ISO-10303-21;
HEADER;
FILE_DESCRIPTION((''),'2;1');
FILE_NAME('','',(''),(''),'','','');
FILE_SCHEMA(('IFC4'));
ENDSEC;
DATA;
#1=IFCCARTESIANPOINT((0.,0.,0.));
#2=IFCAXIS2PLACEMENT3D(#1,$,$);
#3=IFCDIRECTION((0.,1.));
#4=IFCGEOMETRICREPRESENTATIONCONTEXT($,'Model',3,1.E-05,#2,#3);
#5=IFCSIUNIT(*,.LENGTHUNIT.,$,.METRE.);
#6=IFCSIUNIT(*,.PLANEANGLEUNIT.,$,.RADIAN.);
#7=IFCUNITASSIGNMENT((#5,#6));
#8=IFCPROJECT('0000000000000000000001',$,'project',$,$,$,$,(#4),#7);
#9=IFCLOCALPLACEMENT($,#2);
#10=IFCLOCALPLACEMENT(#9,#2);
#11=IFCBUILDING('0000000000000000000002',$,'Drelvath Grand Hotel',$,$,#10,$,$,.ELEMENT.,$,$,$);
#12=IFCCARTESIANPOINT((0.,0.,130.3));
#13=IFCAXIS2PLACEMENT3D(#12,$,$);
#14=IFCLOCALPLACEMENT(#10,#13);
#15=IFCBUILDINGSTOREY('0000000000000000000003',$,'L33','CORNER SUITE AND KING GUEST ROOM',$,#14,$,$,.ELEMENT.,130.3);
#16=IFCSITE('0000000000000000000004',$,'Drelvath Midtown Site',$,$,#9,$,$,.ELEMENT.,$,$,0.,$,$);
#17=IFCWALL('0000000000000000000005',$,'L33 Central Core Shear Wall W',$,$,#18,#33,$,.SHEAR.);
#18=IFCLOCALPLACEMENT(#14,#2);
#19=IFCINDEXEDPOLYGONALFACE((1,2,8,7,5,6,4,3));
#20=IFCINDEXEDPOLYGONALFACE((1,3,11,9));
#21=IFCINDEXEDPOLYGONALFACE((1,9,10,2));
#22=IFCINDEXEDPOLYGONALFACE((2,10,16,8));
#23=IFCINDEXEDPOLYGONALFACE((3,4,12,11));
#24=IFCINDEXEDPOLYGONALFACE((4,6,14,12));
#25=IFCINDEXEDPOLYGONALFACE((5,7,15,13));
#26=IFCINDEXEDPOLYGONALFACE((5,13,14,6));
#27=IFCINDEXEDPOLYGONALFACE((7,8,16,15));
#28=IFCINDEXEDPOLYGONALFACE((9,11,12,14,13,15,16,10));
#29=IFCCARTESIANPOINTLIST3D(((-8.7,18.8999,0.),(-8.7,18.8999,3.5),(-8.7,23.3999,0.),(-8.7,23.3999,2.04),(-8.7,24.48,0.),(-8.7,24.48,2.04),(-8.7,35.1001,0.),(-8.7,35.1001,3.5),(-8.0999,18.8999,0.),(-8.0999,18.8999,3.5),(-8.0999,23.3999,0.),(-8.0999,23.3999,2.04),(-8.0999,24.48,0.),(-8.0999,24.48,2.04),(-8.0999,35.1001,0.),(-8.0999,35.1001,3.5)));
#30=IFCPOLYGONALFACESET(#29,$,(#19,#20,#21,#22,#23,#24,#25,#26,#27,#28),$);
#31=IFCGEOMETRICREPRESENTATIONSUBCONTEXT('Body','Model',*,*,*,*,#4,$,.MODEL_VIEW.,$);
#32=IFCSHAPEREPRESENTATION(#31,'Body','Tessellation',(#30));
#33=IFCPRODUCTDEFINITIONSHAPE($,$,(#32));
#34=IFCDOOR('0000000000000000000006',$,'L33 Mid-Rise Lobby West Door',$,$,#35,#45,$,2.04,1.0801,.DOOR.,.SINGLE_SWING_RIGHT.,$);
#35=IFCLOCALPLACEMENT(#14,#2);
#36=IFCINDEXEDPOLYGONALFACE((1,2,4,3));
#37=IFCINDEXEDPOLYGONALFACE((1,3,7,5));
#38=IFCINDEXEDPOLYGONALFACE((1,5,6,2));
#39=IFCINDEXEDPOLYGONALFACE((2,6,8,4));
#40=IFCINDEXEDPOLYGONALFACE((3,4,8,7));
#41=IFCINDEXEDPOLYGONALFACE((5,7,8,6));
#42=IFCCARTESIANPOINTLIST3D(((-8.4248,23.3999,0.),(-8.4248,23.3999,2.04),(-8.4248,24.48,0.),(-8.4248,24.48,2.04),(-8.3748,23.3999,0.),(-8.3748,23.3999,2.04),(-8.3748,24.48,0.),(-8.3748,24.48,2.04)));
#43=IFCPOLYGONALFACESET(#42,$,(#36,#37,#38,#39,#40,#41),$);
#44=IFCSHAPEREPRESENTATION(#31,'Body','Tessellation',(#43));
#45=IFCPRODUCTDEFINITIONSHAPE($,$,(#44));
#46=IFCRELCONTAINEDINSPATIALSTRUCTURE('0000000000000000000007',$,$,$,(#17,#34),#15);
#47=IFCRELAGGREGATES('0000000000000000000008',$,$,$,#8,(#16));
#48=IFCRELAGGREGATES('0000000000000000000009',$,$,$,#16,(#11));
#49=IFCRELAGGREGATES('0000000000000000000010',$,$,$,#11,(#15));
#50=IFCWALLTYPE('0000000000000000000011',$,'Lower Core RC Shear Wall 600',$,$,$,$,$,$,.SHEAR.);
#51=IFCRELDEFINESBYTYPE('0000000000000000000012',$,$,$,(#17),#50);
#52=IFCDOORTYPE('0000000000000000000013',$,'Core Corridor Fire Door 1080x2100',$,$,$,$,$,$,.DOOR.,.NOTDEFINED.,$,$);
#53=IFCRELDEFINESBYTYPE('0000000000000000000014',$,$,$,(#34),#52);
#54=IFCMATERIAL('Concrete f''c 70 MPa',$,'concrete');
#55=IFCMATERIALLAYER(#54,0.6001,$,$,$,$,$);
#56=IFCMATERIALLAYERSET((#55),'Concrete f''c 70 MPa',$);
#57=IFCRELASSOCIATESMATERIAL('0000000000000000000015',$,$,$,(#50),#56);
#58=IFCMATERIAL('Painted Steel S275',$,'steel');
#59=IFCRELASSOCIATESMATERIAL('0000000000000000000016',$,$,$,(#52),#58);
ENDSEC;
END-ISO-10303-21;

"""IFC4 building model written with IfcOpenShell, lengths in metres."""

from ifc_helpers import new_model, si_unit, direction, frame, frame_2d, origin, place, context, subcontext, project, spatial, rectangle, extrude, material, layer, layer_set, type_object, element, fill, save


model = new_model("IFC4")

# Units and contexts
model_context = context("Model", 3, precision=1e-05, world=origin(), true_north=direction((0.0, 1.0)))
body_context = subcontext(model_context, "Body", "Model", "MODEL_VIEW")
ifc_project = project(units=[si_unit("LENGTHUNIT", "METRE"), si_unit("PLANEANGLEUNIT", "RADIAN")], contexts=[model_context])

# Site, building, storey
site_placement = place(None, origin())
site = spatial("IfcSite", under=ifc_project, at=site_placement, Name="Drelvath Midtown Site", CompositionType="ELEMENT", RefElevation=0.0)
building_placement = place(site_placement, origin())
building = spatial("IfcBuilding", under=site, at=building_placement, Name="Drelvath Grand Hotel", CompositionType="ELEMENT")
storey_placement = place(building_placement, frame((0.0, 0.0, 130.3)))
storey = spatial("IfcBuildingStorey", under=building, at=storey_placement, Name="L33", Description="CORNER SUITE AND KING GUEST ROOM", CompositionType="ELEMENT", Elevation=130.3)

# Wall, opening, door
ifc_material_1 = material(Name="Concrete f'c 70 MPa", Category="concrete")
ifc_layer_1 = layer(ifc_material_1, 0.6001)
ifc_layer_set_1 = layer_set([ifc_layer_1], Name="Concrete f'c 70 MPa")
wall_type_1 = type_object("IfcWallType", Name="Lower Core RC Shear Wall 600", PredefinedType="SHEAR", material=ifc_layer_set_1)
wall_1_placement = place(storey_placement, frame((-8.3999, 18.8999, 0.0), z_axis=(0.0, 0.0, 1.0), x_axis=(0.0, 1.0, 0.0)))
wall_1 = element("IfcWall", 1, at=wall_1_placement, inside=storey, type_object=wall_type_1, Name="L33 Central Core Shear Wall W", PredefinedType="SHEAR", context=body_context, shape_type="SweptSolid", body=[
    extrude(rectangle(XDim=16.2002, YDim=0.6001, at=frame_2d((8.1001, 0.0))), origin(), (0.0, 0.0, 1.0), 3.5),
])
opening_1_placement = place(wall_1_placement, frame((4.5, 0.0, 0.0)))
opening_1 = element("IfcOpeningElement", 2, at=opening_1_placement, cuts=wall_1, PredefinedType="OPENING", context=body_context, shape_type="SweptSolid", body=[
    extrude(rectangle(XDim=1.0801, YDim=2.04, at=frame_2d((0.54, 1.02))), frame((0.0, 0.3101, 0.0), z_axis=(0.0, -1.0, 0.0), x_axis=(1.0, 0.0, 0.0)), (0.0, 0.0, 1.0), 0.6201),
])
ifc_material_2 = material(Name="Painted Steel S275", Category="steel")
door_type_1 = type_object("IfcDoorType", Name="Core Corridor Fire Door 1080x2100", OperationType="NOTDEFINED", PredefinedType="DOOR", material=ifc_material_2)
door_1_placement = place(opening_1_placement, origin())
door_1 = element("IfcDoor", 3, at=door_1_placement, inside=storey, type_object=door_type_1, Name="L33 Mid-Rise Lobby West Door", OperationType="SINGLE_SWING_RIGHT", OverallHeight=2.04, OverallWidth=1.0801, PredefinedType="DOOR", context=body_context, shape_type="SweptSolid", body=[
    extrude(rectangle(XDim=1.0801, YDim=2.04, at=frame_2d((0.54, 1.02))), frame((0.0, 0.0249, 0.0), z_axis=(0.0, -1.0, 0.0), x_axis=(1.0, 0.0, 0.0)), (0.0, 0.0, 1.0), 0.05),
])
fill(opening_1, door_1)

save(model, "model.ifc")
